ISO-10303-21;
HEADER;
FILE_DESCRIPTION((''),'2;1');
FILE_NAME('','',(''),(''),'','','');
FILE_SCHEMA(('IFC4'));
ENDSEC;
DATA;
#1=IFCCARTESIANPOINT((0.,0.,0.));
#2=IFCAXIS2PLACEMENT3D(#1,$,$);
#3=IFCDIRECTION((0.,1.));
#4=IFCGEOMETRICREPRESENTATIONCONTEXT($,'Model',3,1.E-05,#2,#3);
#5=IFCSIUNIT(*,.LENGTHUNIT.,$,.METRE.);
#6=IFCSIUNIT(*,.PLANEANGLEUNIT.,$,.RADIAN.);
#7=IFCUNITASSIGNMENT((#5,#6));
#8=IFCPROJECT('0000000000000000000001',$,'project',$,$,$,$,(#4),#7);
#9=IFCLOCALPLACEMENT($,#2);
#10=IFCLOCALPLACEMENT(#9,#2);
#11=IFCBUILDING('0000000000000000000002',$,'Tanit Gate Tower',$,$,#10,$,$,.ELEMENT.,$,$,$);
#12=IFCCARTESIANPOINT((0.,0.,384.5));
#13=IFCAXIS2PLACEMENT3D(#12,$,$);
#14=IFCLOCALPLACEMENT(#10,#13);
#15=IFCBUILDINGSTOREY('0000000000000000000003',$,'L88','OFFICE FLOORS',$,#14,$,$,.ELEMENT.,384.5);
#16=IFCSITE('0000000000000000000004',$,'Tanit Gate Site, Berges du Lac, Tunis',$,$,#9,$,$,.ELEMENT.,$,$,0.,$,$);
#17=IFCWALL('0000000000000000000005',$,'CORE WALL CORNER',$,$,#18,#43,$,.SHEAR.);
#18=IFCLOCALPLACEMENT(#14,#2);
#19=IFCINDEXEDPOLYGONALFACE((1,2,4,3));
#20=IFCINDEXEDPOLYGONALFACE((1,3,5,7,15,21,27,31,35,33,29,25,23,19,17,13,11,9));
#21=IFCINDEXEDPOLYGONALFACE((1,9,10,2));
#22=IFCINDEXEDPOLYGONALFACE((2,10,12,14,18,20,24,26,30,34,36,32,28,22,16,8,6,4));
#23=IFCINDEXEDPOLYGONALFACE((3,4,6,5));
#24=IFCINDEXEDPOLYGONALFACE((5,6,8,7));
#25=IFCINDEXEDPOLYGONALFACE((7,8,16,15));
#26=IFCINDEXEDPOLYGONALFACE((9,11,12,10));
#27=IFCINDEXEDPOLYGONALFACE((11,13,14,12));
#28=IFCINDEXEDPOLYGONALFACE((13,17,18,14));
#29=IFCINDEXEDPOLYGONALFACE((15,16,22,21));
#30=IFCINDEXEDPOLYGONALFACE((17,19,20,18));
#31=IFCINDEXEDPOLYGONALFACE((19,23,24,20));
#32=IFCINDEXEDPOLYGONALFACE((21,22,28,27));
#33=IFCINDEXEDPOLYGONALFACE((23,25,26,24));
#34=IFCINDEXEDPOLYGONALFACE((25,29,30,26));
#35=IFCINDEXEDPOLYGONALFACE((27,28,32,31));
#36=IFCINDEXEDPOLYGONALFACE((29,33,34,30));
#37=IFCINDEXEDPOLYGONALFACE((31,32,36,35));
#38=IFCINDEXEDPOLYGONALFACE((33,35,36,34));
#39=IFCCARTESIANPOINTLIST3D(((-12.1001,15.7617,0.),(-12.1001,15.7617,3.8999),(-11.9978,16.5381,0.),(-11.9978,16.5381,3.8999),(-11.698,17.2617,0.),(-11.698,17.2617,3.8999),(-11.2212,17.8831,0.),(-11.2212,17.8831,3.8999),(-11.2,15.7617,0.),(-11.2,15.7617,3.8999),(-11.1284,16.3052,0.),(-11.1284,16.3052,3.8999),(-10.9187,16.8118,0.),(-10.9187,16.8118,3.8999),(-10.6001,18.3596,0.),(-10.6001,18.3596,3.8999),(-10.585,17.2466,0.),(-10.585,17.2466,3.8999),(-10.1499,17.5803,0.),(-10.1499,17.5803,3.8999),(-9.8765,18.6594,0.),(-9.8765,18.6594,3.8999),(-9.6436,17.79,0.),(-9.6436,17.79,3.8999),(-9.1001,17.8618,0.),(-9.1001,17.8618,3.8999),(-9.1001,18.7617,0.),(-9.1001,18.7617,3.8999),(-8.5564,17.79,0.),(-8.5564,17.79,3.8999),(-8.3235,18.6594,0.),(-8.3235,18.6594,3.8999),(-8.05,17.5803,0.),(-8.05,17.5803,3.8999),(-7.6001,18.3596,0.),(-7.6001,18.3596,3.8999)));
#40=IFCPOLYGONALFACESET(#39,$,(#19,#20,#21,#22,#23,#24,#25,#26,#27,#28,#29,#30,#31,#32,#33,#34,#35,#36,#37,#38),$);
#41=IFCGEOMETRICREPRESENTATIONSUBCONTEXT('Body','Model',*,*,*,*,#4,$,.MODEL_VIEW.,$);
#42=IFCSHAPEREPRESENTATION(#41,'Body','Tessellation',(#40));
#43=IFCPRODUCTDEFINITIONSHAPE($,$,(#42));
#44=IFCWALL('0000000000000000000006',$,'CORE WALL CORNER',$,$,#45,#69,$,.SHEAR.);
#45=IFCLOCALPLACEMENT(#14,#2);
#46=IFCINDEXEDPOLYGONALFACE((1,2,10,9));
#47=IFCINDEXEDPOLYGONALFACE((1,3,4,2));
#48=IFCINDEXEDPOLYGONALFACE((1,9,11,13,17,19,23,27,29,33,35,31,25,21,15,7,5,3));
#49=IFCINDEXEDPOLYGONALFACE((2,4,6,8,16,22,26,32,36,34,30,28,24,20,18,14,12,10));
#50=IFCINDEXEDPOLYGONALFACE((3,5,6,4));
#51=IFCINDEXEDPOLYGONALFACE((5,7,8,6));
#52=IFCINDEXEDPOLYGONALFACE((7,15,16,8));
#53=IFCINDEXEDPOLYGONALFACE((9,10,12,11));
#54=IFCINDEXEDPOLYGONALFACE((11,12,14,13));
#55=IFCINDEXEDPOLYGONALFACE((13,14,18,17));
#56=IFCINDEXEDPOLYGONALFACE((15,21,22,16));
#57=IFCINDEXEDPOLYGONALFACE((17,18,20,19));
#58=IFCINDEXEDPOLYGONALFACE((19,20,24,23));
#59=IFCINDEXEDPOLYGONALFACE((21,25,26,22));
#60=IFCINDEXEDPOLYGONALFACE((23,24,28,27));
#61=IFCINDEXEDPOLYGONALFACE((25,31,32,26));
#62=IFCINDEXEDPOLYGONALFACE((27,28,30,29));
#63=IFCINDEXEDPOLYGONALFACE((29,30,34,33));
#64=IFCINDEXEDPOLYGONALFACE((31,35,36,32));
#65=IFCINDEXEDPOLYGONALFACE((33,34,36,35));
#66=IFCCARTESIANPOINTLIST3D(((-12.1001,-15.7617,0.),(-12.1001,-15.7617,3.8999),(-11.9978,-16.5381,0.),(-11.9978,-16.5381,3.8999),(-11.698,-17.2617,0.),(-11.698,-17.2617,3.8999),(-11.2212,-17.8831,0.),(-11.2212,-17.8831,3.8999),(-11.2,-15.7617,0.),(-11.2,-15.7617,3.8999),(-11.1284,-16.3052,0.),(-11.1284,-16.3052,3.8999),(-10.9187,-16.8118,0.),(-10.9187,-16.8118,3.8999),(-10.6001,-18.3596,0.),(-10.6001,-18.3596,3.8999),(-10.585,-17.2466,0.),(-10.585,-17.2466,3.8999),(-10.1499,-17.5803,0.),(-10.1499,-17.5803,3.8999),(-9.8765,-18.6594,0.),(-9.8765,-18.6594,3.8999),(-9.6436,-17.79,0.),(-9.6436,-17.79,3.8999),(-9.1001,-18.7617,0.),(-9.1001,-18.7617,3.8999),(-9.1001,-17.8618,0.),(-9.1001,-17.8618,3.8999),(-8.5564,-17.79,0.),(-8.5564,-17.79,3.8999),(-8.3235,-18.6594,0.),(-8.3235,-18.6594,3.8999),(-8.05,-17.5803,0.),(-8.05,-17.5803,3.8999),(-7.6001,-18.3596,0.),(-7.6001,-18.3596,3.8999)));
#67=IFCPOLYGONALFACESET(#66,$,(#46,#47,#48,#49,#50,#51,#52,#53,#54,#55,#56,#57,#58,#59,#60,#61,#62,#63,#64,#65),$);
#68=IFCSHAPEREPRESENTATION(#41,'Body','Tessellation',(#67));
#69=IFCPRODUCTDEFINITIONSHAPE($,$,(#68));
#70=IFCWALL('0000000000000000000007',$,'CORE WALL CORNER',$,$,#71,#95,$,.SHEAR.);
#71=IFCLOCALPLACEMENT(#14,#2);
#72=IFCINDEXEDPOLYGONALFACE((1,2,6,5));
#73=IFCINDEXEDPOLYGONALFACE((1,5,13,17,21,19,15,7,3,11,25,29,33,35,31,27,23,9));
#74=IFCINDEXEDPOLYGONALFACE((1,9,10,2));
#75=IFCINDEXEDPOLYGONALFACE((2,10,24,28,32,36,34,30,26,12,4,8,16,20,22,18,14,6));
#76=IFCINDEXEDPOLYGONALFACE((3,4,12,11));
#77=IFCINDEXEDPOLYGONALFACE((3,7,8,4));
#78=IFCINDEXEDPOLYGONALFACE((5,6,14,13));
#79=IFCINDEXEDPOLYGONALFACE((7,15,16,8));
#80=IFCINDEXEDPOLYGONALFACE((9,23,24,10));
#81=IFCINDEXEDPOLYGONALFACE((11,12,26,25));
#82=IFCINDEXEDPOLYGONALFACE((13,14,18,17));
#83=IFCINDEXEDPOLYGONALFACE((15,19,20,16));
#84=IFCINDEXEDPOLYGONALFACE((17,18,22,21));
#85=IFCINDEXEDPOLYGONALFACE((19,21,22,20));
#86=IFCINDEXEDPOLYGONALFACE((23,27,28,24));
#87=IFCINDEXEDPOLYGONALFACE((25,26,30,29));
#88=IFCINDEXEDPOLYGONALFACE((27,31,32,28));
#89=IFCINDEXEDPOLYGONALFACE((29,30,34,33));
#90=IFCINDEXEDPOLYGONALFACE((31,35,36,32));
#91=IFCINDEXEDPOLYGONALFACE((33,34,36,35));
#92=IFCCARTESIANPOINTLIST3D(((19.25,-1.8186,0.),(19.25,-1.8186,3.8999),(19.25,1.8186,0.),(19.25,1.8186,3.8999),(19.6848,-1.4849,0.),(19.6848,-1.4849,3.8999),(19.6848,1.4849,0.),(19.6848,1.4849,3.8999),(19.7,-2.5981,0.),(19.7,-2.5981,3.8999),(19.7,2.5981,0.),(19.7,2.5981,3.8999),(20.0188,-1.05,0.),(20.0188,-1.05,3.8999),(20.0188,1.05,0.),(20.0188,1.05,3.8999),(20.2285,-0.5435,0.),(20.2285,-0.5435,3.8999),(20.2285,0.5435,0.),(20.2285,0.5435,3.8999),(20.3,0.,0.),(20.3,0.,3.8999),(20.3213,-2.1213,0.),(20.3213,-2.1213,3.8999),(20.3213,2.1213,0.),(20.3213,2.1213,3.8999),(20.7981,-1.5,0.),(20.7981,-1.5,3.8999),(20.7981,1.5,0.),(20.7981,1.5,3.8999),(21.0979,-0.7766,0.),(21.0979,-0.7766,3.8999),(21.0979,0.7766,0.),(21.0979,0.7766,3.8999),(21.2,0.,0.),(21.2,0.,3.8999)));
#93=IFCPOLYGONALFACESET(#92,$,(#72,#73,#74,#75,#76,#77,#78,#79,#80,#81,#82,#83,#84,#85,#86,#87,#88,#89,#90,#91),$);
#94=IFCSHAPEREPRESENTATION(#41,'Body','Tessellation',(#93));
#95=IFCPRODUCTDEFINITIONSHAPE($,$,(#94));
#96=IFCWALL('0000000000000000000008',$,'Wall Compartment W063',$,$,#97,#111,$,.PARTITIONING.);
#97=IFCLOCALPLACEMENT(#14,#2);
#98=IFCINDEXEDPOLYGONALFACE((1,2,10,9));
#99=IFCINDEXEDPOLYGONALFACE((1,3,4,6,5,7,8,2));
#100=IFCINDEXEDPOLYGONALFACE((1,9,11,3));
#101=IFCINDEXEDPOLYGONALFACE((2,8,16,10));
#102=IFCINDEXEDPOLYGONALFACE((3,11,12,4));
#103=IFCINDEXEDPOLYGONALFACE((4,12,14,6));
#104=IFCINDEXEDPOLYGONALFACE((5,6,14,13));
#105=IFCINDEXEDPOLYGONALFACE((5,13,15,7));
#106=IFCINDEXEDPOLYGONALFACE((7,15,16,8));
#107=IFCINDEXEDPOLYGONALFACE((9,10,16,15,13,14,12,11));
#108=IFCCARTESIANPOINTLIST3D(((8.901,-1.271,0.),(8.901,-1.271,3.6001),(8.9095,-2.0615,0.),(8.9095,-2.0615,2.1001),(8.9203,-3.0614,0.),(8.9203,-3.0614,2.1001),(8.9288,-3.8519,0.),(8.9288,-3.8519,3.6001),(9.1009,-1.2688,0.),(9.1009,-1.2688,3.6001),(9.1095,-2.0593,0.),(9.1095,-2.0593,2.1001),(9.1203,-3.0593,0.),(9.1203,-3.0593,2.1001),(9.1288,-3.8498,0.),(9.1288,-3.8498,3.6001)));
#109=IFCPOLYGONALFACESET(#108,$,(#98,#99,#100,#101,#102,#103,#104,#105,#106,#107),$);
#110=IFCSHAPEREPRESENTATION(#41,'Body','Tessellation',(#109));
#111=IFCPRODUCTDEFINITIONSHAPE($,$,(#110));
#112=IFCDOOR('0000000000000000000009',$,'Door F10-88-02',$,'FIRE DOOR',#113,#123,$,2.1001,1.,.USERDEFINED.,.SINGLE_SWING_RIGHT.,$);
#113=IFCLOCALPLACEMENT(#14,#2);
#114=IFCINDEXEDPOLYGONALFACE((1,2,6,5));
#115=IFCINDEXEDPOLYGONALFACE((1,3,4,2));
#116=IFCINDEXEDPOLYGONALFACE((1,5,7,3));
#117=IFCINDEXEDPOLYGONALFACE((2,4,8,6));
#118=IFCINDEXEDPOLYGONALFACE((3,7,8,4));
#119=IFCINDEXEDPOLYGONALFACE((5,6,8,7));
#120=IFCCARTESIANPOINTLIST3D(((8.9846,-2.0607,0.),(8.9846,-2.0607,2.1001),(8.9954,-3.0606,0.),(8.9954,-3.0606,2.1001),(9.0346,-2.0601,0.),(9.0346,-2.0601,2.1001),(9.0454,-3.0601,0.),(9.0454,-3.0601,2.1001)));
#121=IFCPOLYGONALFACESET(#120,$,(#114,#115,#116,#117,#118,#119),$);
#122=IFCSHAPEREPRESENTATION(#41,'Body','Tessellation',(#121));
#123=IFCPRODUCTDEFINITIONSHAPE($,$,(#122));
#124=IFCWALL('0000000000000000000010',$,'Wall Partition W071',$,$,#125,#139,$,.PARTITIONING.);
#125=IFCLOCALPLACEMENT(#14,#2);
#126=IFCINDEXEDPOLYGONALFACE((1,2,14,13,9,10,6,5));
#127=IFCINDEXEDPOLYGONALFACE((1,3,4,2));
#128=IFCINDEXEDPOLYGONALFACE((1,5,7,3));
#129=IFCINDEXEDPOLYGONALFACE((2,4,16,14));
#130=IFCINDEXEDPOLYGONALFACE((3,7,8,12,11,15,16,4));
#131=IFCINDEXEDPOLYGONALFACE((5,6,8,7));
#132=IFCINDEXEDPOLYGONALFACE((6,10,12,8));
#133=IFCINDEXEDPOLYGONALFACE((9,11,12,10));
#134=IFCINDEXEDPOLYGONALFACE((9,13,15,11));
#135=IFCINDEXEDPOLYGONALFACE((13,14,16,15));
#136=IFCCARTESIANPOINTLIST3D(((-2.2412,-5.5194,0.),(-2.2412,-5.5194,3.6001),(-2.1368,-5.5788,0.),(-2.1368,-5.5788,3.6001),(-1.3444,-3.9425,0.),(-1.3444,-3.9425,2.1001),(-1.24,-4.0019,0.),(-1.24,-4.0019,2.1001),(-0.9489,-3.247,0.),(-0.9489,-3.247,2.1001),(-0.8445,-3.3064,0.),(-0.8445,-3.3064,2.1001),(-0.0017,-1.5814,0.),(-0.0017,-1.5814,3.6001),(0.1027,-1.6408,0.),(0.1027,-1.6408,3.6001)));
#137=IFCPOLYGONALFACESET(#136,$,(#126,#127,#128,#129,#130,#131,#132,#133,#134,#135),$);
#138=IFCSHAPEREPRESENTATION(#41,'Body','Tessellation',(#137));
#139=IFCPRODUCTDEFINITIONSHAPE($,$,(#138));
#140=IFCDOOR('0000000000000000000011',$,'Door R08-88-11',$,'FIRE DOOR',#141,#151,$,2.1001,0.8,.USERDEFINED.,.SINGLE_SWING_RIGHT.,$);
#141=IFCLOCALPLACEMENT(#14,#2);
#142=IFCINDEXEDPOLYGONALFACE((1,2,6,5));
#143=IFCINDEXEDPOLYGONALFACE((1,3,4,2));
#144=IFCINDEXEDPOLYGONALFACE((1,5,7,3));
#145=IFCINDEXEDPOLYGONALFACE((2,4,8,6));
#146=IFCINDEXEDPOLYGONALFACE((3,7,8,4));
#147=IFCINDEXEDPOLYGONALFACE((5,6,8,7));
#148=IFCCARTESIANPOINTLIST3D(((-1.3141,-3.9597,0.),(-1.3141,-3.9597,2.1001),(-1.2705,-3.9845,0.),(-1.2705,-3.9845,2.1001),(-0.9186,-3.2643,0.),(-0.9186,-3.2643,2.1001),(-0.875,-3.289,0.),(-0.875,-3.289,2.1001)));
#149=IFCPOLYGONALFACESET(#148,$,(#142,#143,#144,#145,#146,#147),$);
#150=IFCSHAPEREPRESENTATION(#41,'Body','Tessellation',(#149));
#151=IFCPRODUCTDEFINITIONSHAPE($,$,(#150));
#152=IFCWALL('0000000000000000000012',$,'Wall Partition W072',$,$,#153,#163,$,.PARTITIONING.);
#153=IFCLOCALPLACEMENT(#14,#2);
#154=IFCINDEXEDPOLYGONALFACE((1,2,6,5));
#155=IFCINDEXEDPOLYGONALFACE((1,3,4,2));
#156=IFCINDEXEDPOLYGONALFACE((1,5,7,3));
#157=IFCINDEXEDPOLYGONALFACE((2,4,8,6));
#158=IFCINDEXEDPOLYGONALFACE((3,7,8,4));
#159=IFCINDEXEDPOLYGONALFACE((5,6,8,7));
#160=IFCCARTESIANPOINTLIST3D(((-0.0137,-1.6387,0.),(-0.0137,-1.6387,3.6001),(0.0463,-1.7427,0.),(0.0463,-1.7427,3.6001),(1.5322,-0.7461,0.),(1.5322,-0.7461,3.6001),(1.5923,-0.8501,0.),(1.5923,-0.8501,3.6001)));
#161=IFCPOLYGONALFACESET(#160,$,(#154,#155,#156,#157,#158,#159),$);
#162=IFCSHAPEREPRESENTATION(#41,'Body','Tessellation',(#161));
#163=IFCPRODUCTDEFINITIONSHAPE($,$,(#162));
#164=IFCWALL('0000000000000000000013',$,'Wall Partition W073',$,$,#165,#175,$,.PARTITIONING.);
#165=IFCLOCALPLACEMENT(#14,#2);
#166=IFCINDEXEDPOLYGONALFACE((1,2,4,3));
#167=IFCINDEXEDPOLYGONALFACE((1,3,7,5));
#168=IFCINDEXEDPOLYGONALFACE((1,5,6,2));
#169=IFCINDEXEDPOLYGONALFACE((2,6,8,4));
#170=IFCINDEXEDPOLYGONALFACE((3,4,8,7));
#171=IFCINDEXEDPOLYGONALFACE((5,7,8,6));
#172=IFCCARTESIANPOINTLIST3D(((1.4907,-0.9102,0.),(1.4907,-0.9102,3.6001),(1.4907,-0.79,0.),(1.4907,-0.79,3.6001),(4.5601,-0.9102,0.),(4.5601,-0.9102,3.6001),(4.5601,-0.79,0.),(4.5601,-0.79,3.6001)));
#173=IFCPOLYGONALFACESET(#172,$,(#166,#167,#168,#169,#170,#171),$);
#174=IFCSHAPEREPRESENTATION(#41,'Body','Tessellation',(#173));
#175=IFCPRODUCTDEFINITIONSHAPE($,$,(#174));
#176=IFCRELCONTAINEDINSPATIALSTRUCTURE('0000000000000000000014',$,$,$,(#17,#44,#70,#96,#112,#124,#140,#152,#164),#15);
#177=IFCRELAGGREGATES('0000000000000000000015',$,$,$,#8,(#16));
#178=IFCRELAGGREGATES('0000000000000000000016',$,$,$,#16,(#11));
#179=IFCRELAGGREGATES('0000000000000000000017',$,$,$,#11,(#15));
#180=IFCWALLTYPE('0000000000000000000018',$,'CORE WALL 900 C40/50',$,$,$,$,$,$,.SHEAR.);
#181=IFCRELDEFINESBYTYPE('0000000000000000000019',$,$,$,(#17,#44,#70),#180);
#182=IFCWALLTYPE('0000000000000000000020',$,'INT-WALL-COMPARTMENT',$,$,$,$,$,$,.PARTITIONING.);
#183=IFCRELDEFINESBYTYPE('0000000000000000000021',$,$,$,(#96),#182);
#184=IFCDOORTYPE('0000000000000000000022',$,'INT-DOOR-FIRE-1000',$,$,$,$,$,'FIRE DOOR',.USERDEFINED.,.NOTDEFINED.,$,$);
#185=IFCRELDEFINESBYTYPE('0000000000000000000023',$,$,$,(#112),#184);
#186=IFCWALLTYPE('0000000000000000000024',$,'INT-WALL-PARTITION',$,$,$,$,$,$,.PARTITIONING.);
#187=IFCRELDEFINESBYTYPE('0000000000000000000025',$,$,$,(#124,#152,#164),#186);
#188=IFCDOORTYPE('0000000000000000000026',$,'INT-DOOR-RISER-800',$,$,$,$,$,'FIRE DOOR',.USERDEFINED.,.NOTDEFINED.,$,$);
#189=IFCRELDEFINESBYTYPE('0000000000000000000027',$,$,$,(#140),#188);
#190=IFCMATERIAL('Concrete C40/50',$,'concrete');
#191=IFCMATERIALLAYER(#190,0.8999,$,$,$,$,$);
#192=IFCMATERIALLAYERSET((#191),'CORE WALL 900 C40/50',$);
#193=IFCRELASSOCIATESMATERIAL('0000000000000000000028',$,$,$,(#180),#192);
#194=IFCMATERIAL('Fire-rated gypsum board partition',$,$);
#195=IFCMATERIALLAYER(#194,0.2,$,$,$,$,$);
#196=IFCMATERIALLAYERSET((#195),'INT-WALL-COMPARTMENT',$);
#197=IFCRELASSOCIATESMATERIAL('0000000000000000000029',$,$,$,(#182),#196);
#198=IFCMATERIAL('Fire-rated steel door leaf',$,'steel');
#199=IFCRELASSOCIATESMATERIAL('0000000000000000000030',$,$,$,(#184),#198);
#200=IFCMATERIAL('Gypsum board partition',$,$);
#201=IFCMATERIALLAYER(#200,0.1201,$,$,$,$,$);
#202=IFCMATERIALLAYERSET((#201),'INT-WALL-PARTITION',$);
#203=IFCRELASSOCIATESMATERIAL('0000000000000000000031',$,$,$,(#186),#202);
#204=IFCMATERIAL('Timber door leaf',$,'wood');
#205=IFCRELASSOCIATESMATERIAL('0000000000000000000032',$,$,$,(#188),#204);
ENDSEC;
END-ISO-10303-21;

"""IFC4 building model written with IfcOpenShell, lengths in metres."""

from ifc_helpers import new_model, si_unit, direction, frame, frame_2d, origin, place, context, subcontext, project, spatial, polyline, rectangle, outline, extrude, material, layer, layer_set, type_object, element, fill, save


model = new_model("IFC4")

# Units and contexts
model_context = context("Model", 3, precision=1e-05, world=origin(), true_north=direction((0.0, 1.0)))
body_context = subcontext(model_context, "Body", "Model", "MODEL_VIEW")
ifc_project = project(units=[si_unit("LENGTHUNIT", "METRE"), si_unit("PLANEANGLEUNIT", "RADIAN")], contexts=[model_context])

# Site, building, storey
site_placement = place(None, origin())
site = spatial("IfcSite", under=ifc_project, at=site_placement, Name="Tanit Gate Site, Berges du Lac, Tunis", CompositionType="ELEMENT", RefElevation=0.0)
building_placement = place(site_placement, origin())
building = spatial("IfcBuilding", under=site, at=building_placement, Name="Tanit Gate Tower", CompositionType="ELEMENT")
storey_placement = place(building_placement, frame((0.0, 0.0, 384.5)))
storey = spatial("IfcBuildingStorey", under=building, at=storey_placement, Name="L88", Description="OFFICE FLOORS", CompositionType="ELEMENT", Elevation=384.5)

# Walls
ifc_material_1 = material(Name="Concrete C40/50", Category="concrete")
ifc_layer_1 = layer(ifc_material_1, 0.8999)
ifc_layer_set_1 = layer_set([ifc_layer_1], Name="CORE WALL 900 C40/50")
wall_type_1 = type_object("IfcWallType", Name="CORE WALL 900 C40/50", PredefinedType="SHEAR", material=ifc_layer_set_1)
wall_1_placement = place(storey_placement, origin())
element("IfcWall", 1, at=wall_1_placement, inside=storey, type_object=wall_type_1, Name="CORE WALL CORNER", PredefinedType="SHEAR", context=body_context, shape_type="SweptSolid", body=[
    extrude(outline(polyline([(-7.6001, 18.3596), (-8.3235, 18.6594), (-9.1001, 18.7617), (-9.8765, 18.6594), (-10.6001, 18.3596), (-11.2212, 17.8831), (-11.698, 17.2617), (-11.9978, 16.5381), (-12.1001, 15.7617), (-11.2, 15.7617), (-11.1284, 16.3052), (-10.9187, 16.8118), (-10.585, 17.2466), (-10.1499, 17.5803), (-9.6436, 17.79), (-9.1001, 17.8618), (-8.5564, 17.79), (-8.05, 17.5803), (-7.6001, 18.3596)])), origin(), (0.0, 0.0, 1.0), 3.8999),
])
wall_2_placement = place(storey_placement, origin())
element("IfcWall", 2, at=wall_2_placement, inside=storey, type_object=wall_type_1, Name="CORE WALL CORNER", PredefinedType="SHEAR", context=body_context, shape_type="SweptSolid", body=[
    extrude(outline(polyline([(-12.1001, -15.7617), (-11.9978, -16.5381), (-11.698, -17.2617), (-11.2212, -17.8831), (-10.6001, -18.3596), (-9.8765, -18.6594), (-9.1001, -18.7617), (-8.3235, -18.6594), (-7.6001, -18.3596), (-8.05, -17.5803), (-8.5564, -17.79), (-9.1001, -17.8618), (-9.6436, -17.79), (-10.1499, -17.5803), (-10.585, -17.2466), (-10.9187, -16.8118), (-11.1284, -16.3052), (-11.2, -15.7617), (-12.1001, -15.7617)])), origin(), (0.0, 0.0, 1.0), 3.8999),
])
wall_3_placement = place(storey_placement, origin())
element("IfcWall", 3, at=wall_3_placement, inside=storey, type_object=wall_type_1, Name="CORE WALL CORNER", PredefinedType="SHEAR", context=body_context, shape_type="SweptSolid", body=[
    extrude(outline(polyline([(19.7, -2.5981), (20.3213, -2.1213), (20.7981, -1.5), (21.0979, -0.7766), (21.2, 0.0), (21.0979, 0.7766), (20.7981, 1.5), (20.3213, 2.1213), (19.7, 2.5981), (19.25, 1.8186), (19.6848, 1.4849), (20.0188, 1.05), (20.2285, 0.5435), (20.3, 0.0), (20.2285, -0.5435), (20.0188, -1.05), (19.6848, -1.4849), (19.25, -1.8186), (19.7, -2.5981)])), origin(), (0.0, 0.0, 1.0), 3.8999),
])

# Walls, openings, doors
ifc_material_2 = material(Name="Fire-rated gypsum board partition")
ifc_layer_2 = layer(ifc_material_2, 0.2)
ifc_layer_set_2 = layer_set([ifc_layer_2], Name="INT-WALL-COMPARTMENT")
wall_type_2 = type_object("IfcWallType", Name="INT-WALL-COMPARTMENT", PredefinedType="PARTITIONING", material=ifc_layer_set_2)
wall_4_placement = place(storey_placement, frame((9.0288, -3.8508, 0.0), z_axis=(0.0, 0.0, 1.0), x_axis=(-0.010784, 0.999942, 0.0)))
wall_4 = element("IfcWall", 4, at=wall_4_placement, inside=storey, type_object=wall_type_2, Name="Wall Compartment W063", PredefinedType="PARTITIONING", context=body_context, shape_type="SweptSolid", body=[
    extrude(rectangle(XDim=2.5811, YDim=0.2, at=frame_2d((1.2905, 0.0))), origin(), (0.0, 0.0, 1.0), 3.6001),
])
opening_1_placement = place(wall_4_placement, frame((0.7905, 0.0, 0.0)))
opening_1 = element("IfcOpeningElement", 5, at=opening_1_placement, cuts=wall_4, PredefinedType="OPENING", context=body_context, shape_type="SweptSolid", body=[
    extrude(rectangle(XDim=1.0, YDim=2.1001, at=frame_2d((0.5, 1.05))), frame((0.0, 0.1099, 0.0), z_axis=(0.0, -1.0, 0.0), x_axis=(1.0, 0.0, 0.0)), (0.0, 0.0, 1.0), 0.22),
])
ifc_material_3 = material(Name="Fire-rated steel door leaf", Category="steel")
door_type_1 = type_object("IfcDoorType", Name="INT-DOOR-FIRE-1000", ElementType="FIRE DOOR", OperationType="NOTDEFINED", PredefinedType="USERDEFINED", material=ifc_material_3)
door_1_placement = place(opening_1_placement, origin())
door_1 = element("IfcDoor", 6, at=door_1_placement, inside=storey, type_object=door_type_1, Name="Door F10-88-02", ObjectType="FIRE DOOR", OperationType="SINGLE_SWING_RIGHT", OverallHeight=2.1001, OverallWidth=1.0, PredefinedType="USERDEFINED", context=body_context, shape_type="SweptSolid", body=[
    extrude(rectangle(XDim=1.0, YDim=2.1001, at=frame_2d((0.5, 1.05))), frame((0.0, 0.0249, 0.0), z_axis=(0.0, -1.0, 0.0), x_axis=(1.0, 0.0, 0.0)), (0.0, 0.0, 1.0), 0.05),
])
fill(opening_1, door_1)
ifc_material_4 = material(Name="Gypsum board partition")
ifc_layer_3 = layer(ifc_material_4, 0.1201)
ifc_layer_set_3 = layer_set([ifc_layer_3], Name="INT-WALL-PARTITION")
wall_type_3 = type_object("IfcWallType", Name="INT-WALL-PARTITION", PredefinedType="PARTITIONING", material=ifc_layer_set_3)
wall_5_placement = place(storey_placement, frame((0.0505, -1.6111, 0.0), z_axis=(0.0, 0.0, 1.0), x_axis=(-0.494345, -0.869266, 0.0)))
wall_5 = element("IfcWall", 7, at=wall_5_placement, inside=storey, type_object=wall_type_3, Name="Wall Partition W071", PredefinedType="PARTITIONING", context=body_context, shape_type="SweptSolid", body=[
    extrude(rectangle(XDim=4.5303, YDim=0.1201, at=frame_2d((2.2651, 0.0))), origin(), (0.0, 0.0, 1.0), 3.6001),
])
opening_2_placement = place(wall_5_placement, frame((1.9163, 0.0, 0.0)))
opening_2 = element("IfcOpeningElement", 8, at=opening_2_placement, cuts=wall_5, PredefinedType="OPENING", context=body_context, shape_type="SweptSolid", body=[
    extrude(rectangle(XDim=0.8, YDim=2.1001, at=frame_2d((0.3999, 1.05))), frame((0.0, 0.0701, 0.0), z_axis=(0.0, -1.0, 0.0), x_axis=(1.0, 0.0, 0.0)), (0.0, 0.0, 1.0), 0.1401),
])
ifc_material_5 = material(Name="Timber door leaf", Category="wood")
door_type_2 = type_object("IfcDoorType", Name="INT-DOOR-RISER-800", ElementType="FIRE DOOR", OperationType="NOTDEFINED", PredefinedType="USERDEFINED", material=ifc_material_5)
door_2_placement = place(opening_2_placement, origin())
door_2 = element("IfcDoor", 9, at=door_2_placement, inside=storey, type_object=door_type_2, Name="Door R08-88-11", ObjectType="FIRE DOOR", OperationType="SINGLE_SWING_RIGHT", OverallHeight=2.1001, OverallWidth=0.8, PredefinedType="USERDEFINED", context=body_context, shape_type="SweptSolid", body=[
    extrude(rectangle(XDim=0.8, YDim=2.1001, at=frame_2d((0.3999, 1.05))), frame((0.0, 0.0249, 0.0), z_axis=(0.0, -1.0, 0.0), x_axis=(1.0, 0.0, 0.0)), (0.0, 0.0, 1.0), 0.05),
])
fill(opening_2, door_2)

# Walls
wall_6_placement = place(storey_placement, frame((1.5623, -0.7981, 0.0), z_axis=(0.0, 0.0, 1.0), x_axis=(-0.866012, -0.500022, 0.0)))
element("IfcWall", 10, at=wall_6_placement, inside=storey, type_object=wall_type_3, Name="Wall Partition W072", PredefinedType="PARTITIONING", context=body_context, shape_type="SweptSolid", body=[
    extrude(rectangle(XDim=1.7852, YDim=0.1201, at=frame_2d((0.8926, 0.0))), origin(), (0.0, 0.0, 1.0), 3.6001),
])
wall_7_placement = place(storey_placement, frame((4.5601, -0.8501, 0.0), z_axis=(0.0, 0.0, 1.0), x_axis=(-1.0, 0.0, 0.0)))
element("IfcWall", 11, at=wall_7_placement, inside=storey, type_object=wall_type_3, Name="Wall Partition W073", PredefinedType="PARTITIONING", context=body_context, shape_type="SweptSolid", body=[
    extrude(rectangle(XDim=3.0693, YDim=0.1201, at=frame_2d((1.5347, 0.0))), origin(), (0.0, 0.0, 1.0), 3.6001),
])

save(model, "model.ifc")
